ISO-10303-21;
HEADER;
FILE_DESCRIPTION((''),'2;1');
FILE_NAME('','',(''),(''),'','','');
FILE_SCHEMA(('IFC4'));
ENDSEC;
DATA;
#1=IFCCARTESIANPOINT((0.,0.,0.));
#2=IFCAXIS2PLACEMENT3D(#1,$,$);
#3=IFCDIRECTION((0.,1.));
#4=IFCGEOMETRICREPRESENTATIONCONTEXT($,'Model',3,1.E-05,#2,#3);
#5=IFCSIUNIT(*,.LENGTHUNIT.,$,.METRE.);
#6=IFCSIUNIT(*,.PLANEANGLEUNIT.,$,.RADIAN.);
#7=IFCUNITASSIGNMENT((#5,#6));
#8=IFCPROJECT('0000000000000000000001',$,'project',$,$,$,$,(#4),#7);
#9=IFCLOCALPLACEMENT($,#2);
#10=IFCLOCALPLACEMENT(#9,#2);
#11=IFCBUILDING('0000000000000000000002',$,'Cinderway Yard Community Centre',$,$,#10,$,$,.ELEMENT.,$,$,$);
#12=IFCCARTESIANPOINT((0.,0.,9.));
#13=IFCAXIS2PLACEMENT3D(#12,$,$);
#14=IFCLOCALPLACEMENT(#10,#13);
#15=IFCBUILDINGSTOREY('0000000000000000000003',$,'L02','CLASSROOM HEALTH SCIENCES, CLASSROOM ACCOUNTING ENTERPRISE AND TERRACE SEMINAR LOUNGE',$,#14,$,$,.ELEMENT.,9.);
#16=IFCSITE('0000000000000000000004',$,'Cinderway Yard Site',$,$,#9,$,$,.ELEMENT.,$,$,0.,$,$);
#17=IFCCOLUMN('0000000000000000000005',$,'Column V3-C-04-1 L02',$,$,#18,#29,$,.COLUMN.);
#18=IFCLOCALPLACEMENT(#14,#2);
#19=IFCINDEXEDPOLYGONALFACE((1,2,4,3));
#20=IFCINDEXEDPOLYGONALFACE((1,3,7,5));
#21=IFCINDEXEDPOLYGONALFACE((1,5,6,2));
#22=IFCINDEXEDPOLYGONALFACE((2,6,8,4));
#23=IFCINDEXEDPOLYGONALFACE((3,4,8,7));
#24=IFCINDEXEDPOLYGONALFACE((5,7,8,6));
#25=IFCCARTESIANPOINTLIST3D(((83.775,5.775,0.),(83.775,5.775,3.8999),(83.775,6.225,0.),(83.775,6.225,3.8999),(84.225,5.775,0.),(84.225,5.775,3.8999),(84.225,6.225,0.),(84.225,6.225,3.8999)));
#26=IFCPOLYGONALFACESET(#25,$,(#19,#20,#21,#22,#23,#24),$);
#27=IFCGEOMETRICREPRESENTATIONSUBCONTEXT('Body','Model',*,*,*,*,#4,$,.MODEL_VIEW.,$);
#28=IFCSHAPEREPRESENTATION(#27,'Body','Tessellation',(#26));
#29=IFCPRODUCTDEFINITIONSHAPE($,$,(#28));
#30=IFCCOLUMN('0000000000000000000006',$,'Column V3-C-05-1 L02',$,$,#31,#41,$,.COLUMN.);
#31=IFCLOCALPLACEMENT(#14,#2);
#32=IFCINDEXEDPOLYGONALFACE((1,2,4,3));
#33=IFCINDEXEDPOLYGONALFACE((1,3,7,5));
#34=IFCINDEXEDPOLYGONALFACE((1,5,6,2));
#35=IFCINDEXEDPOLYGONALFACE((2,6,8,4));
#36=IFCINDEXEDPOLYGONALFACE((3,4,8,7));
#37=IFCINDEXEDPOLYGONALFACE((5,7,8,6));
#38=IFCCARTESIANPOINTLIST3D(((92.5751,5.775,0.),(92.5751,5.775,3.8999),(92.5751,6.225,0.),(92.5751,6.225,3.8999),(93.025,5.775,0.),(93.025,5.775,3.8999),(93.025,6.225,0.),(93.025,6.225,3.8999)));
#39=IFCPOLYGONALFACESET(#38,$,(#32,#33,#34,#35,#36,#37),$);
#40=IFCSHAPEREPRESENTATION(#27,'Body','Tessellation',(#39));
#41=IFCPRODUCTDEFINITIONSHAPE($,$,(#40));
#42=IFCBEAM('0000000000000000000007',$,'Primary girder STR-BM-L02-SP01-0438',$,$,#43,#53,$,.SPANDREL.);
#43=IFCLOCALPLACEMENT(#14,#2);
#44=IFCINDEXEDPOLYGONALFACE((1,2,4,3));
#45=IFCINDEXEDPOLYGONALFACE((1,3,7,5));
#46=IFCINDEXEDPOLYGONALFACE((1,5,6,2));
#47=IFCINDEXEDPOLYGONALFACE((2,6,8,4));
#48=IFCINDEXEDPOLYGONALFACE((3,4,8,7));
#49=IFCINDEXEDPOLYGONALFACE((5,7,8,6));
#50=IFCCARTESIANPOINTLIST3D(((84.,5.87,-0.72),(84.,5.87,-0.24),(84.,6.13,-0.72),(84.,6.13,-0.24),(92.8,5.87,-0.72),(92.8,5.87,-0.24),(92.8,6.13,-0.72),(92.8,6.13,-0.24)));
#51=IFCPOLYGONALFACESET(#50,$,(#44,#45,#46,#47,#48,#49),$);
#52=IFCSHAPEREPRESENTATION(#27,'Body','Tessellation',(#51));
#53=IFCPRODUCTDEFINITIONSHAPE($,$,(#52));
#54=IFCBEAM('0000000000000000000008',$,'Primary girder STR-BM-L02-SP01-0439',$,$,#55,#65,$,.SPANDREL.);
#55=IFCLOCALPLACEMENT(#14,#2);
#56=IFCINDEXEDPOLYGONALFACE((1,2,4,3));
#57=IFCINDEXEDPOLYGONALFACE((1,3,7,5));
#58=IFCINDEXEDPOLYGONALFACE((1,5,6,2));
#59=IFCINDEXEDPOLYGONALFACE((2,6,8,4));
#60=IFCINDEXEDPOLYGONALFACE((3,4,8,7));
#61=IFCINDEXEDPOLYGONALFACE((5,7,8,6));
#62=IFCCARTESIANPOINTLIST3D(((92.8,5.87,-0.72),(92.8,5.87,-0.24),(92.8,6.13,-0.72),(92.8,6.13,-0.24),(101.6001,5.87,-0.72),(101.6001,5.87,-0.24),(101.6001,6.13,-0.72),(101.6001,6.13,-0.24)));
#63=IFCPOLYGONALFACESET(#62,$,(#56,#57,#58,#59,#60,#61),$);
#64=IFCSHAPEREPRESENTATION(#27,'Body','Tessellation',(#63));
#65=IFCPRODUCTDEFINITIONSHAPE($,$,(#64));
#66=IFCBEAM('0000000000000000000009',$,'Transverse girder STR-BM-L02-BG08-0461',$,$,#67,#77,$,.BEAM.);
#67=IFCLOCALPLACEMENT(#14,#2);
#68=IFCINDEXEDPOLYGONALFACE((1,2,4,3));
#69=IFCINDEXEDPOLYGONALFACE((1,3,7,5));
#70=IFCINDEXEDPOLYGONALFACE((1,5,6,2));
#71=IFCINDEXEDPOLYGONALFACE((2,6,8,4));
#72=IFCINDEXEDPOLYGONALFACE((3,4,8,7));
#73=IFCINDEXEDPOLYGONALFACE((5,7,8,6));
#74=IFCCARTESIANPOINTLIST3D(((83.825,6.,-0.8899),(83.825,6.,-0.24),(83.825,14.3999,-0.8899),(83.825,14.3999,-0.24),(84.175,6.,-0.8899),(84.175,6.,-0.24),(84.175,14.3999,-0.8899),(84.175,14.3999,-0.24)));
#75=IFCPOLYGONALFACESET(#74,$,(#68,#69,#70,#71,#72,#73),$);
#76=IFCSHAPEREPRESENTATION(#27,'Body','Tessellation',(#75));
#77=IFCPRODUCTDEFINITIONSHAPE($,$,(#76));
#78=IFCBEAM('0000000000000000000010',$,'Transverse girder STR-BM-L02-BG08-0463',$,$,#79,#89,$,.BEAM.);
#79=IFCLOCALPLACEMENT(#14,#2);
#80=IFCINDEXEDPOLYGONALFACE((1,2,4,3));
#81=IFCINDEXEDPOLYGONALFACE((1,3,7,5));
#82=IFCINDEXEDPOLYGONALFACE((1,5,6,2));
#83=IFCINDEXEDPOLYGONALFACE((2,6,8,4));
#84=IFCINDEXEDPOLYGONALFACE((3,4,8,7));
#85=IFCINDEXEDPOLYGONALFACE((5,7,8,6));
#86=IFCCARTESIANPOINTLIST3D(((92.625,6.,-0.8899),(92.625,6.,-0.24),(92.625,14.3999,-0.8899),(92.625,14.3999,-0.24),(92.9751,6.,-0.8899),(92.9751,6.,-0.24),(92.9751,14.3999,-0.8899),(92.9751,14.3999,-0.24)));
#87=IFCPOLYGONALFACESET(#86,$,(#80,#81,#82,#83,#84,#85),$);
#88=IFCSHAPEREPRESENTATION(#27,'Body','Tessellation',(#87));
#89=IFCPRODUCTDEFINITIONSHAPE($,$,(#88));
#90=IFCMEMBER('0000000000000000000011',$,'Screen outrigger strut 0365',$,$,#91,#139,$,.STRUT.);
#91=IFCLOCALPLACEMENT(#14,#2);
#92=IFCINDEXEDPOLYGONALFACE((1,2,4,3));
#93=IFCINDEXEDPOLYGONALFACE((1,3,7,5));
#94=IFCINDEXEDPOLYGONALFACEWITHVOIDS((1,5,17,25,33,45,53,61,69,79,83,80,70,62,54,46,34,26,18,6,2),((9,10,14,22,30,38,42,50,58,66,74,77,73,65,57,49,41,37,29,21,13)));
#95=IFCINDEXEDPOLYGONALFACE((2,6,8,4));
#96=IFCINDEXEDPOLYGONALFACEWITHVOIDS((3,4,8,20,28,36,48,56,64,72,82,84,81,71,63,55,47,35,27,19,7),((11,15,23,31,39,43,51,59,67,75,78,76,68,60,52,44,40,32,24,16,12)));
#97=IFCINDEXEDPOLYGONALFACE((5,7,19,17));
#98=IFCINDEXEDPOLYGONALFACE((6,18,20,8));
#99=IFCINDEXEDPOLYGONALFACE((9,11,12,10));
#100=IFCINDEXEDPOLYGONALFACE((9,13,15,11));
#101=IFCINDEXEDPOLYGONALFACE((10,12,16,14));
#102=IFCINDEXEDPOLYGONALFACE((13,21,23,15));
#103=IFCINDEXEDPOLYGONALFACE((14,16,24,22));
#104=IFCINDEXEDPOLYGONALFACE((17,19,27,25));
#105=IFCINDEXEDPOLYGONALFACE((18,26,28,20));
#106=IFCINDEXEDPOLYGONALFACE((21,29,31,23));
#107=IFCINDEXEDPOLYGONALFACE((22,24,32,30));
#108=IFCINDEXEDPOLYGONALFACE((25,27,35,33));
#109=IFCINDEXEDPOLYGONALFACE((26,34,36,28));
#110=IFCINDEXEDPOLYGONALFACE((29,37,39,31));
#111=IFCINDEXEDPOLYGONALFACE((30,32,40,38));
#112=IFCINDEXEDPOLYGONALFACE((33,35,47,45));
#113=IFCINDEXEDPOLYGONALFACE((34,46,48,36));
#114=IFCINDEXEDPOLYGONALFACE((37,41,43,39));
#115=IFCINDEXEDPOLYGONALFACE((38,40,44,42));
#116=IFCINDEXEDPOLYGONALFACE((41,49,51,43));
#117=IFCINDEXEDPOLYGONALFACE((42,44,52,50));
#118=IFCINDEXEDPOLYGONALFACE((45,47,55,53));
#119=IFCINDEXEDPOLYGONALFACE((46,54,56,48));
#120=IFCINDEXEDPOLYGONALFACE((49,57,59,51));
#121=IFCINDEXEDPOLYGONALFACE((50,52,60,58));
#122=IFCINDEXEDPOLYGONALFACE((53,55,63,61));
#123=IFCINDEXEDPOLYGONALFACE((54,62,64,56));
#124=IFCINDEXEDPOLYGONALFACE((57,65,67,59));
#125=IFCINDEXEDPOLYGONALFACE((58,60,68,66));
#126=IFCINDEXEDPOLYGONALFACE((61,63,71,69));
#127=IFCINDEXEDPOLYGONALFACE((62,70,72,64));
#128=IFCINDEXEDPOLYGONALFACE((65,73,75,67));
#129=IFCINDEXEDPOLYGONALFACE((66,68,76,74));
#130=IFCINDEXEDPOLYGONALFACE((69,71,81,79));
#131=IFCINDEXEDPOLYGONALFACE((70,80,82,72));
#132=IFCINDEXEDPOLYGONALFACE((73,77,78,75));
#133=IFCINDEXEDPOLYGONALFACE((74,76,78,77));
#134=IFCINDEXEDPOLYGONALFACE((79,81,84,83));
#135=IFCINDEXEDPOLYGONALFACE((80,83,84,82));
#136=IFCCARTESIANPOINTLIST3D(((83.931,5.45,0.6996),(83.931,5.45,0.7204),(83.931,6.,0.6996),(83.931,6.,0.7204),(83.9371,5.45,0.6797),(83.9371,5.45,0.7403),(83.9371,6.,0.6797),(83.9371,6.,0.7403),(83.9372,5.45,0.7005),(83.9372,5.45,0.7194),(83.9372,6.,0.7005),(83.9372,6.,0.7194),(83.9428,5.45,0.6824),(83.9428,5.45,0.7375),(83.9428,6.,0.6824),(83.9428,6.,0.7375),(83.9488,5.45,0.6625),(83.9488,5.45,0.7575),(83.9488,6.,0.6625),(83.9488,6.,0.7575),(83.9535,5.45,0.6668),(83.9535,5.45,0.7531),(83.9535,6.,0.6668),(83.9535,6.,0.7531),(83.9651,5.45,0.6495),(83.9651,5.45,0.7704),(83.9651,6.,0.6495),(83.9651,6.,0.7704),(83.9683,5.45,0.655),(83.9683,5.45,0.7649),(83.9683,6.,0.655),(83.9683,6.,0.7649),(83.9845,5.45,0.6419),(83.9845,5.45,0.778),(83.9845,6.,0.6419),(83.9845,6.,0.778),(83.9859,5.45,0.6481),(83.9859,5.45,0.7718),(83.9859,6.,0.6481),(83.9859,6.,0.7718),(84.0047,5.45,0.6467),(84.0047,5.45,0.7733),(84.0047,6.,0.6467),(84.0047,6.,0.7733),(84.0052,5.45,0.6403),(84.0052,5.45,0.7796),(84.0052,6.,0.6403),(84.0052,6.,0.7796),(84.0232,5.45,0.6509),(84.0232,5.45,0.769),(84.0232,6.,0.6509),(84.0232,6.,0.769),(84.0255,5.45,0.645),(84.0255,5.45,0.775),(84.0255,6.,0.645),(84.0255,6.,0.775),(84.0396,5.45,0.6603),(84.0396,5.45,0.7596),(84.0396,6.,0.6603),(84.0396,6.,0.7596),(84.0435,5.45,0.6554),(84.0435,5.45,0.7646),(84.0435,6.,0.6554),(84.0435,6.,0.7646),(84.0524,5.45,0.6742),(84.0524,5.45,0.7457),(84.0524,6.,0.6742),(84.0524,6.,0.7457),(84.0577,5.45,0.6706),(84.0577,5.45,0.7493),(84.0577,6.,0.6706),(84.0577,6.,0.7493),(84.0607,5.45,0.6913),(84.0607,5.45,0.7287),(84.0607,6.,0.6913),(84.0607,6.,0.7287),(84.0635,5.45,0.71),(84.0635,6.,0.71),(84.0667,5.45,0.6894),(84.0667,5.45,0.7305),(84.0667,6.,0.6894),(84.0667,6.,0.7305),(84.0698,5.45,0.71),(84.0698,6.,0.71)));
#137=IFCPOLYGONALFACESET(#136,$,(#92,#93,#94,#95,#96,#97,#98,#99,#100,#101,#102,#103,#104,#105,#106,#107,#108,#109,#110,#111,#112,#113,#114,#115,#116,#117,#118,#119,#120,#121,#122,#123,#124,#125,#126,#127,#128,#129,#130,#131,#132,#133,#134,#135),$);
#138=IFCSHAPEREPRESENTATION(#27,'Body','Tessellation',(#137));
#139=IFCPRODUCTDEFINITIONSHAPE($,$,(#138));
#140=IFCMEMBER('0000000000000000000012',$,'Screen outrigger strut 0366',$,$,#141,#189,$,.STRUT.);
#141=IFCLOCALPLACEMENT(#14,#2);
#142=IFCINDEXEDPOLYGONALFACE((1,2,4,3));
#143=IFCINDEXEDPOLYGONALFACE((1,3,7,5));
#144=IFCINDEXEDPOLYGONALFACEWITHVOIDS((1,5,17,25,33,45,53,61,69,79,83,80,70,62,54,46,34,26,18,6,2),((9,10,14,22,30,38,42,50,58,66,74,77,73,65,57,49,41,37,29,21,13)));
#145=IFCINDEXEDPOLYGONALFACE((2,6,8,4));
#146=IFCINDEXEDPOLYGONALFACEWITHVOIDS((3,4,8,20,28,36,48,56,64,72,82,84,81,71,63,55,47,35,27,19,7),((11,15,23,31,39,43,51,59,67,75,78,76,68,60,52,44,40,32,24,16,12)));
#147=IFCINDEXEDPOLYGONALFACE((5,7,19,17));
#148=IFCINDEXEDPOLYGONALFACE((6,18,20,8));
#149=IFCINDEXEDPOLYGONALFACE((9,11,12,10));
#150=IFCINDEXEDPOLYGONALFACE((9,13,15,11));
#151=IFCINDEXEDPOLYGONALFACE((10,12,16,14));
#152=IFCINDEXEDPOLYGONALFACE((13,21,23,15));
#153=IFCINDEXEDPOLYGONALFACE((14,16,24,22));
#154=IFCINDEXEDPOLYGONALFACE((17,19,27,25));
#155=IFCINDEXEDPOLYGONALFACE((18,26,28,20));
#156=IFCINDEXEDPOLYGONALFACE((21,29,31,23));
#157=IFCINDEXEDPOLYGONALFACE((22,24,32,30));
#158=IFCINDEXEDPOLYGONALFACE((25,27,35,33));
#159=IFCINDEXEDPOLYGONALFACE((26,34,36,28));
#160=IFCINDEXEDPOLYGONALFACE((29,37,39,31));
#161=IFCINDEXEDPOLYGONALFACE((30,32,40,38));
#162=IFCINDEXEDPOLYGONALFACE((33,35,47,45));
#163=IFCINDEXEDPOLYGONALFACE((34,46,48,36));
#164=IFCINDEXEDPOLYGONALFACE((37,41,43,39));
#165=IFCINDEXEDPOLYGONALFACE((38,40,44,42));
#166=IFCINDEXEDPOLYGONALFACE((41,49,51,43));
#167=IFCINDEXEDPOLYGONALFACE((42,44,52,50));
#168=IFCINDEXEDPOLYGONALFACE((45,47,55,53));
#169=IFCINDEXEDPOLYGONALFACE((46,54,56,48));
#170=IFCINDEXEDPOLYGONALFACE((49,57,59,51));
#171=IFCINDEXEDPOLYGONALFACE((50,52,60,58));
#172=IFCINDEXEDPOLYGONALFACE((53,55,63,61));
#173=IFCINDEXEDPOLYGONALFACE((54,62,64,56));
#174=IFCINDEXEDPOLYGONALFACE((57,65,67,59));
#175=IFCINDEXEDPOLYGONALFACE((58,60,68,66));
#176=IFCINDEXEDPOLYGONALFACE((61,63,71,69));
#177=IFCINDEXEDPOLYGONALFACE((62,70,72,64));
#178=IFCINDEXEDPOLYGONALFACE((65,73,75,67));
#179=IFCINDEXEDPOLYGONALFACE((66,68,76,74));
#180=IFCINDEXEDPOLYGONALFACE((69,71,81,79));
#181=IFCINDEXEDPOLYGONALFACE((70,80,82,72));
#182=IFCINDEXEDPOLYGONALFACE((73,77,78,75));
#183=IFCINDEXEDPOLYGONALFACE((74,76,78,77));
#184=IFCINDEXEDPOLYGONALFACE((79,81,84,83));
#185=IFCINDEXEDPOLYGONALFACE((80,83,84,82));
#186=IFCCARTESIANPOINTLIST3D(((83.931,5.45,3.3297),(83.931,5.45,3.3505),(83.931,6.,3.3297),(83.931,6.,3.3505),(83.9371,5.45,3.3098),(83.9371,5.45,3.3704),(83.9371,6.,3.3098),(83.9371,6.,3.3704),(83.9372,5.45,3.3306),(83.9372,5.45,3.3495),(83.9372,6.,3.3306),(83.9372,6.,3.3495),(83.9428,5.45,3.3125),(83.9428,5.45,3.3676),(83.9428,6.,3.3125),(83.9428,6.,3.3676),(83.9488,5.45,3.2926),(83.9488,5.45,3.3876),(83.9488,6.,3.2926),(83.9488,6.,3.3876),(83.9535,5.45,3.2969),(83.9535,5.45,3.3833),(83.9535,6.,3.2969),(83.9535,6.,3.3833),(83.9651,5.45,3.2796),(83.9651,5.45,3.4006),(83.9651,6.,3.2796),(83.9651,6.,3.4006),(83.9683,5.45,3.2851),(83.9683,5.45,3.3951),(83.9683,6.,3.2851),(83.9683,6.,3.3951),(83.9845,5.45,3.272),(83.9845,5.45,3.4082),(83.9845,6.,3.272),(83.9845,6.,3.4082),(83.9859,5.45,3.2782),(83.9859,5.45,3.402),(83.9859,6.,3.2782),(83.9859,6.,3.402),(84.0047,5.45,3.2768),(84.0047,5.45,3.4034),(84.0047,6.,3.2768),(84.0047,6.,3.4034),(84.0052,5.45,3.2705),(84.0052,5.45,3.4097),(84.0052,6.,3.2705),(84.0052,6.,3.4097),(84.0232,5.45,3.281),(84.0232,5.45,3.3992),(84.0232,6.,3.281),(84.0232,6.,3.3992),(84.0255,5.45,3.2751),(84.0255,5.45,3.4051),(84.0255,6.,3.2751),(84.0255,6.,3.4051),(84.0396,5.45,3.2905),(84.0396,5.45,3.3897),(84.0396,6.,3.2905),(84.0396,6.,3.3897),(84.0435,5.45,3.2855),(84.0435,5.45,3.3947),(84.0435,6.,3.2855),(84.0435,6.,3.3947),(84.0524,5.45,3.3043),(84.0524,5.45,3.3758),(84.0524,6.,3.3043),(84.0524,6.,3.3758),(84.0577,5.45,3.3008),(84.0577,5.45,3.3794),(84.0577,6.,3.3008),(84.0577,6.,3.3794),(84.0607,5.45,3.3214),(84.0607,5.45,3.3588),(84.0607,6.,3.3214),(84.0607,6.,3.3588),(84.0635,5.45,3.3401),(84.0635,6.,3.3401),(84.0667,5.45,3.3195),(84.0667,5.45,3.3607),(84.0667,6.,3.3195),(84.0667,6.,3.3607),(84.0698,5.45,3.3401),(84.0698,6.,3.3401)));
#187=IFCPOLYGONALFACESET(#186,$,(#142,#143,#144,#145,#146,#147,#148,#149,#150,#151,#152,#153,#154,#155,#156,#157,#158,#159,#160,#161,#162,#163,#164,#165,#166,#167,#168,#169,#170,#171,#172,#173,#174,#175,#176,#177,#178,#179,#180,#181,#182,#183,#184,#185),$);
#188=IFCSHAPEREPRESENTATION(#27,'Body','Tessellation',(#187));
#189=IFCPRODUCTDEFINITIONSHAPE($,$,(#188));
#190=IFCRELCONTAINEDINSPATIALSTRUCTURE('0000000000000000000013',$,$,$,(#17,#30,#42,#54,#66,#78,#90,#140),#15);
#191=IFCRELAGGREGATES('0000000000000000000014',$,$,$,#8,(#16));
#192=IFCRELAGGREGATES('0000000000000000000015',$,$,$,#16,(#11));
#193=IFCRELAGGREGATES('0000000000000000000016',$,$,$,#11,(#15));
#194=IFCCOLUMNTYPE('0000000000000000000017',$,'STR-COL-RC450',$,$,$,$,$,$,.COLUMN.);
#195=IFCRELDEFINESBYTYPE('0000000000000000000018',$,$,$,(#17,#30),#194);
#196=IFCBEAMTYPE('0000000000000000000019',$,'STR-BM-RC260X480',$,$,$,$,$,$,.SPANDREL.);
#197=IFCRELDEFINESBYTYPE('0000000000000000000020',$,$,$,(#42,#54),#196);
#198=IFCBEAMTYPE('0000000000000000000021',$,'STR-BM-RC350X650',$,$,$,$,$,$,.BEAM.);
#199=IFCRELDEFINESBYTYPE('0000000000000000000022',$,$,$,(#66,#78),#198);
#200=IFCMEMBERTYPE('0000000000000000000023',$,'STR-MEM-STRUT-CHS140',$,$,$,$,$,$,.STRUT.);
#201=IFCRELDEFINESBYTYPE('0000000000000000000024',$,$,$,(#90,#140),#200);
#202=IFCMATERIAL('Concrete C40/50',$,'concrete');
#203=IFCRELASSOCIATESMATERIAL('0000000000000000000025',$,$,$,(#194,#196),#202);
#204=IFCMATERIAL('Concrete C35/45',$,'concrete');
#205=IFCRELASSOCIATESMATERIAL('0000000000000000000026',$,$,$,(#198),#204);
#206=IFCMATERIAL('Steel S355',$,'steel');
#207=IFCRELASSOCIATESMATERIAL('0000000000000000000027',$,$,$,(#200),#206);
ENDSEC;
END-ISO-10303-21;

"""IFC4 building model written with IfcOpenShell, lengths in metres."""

from ifc_helpers import new_model, si_unit, direction, frame, origin, origin_2d, place, context, subcontext, project, spatial, rectangle, hollow_circle, extrude, material, material_profile, profile_set, type_object, element, save


model = new_model("IFC4")

# Units and contexts
model_context = context("Model", 3, precision=1e-05, world=origin(), true_north=direction((0.0, 1.0)))
body_context = subcontext(model_context, "Body", "Model", "MODEL_VIEW")
ifc_project = project(units=[si_unit("LENGTHUNIT", "METRE"), si_unit("PLANEANGLEUNIT", "RADIAN")], contexts=[model_context])

# Site, building, storey
site_placement = place(None, origin())
site = spatial("IfcSite", under=ifc_project, at=site_placement, Name="Cinderway Yard Site", CompositionType="ELEMENT", RefElevation=0.0)
building_placement = place(site_placement, origin())
building = spatial("IfcBuilding", under=site, at=building_placement, Name="Cinderway Yard Community Centre", CompositionType="ELEMENT")
storey_placement = place(building_placement, frame((0.0, 0.0, 9.0)))
storey = spatial("IfcBuildingStorey", under=building, at=storey_placement, Name="L02", Description="CLASSROOM HEALTH SCIENCES, CLASSROOM ACCOUNTING ENTERPRISE AND TERRACE SEMINAR LOUNGE", CompositionType="ELEMENT", Elevation=9.0)

# Columns
ifc_material_1 = material(Name="Concrete C40/50", Category="concrete")
ifc_material_profile_1 = material_profile(ifc_material_1, rectangle(XDim=0.45, YDim=0.45, at=origin_2d()), Name="Concrete C40/50")
ifc_profile_set_1 = profile_set([ifc_material_profile_1], Name="Concrete C40/50")
column_type = type_object("IfcColumnType", Name="STR-COL-RC450", PredefinedType="COLUMN", material=ifc_profile_set_1)
for number, where, z_axis, x_axis, name in (
    (1, (84.0, 6.0, 0.0), (0.0, 0.0, 1.0), (1.0, 0.0, 0.0), "Column V3-C-04-1 L02"),
    (2, (92.8, 6.0, 0.0), (0.0, 0.0, 1.0), (1.0, 0.0, 0.0), "Column V3-C-05-1 L02"),
):
    element("IfcColumn", number, at=place(storey_placement, frame(where, z_axis=z_axis, x_axis=x_axis)), inside=storey, type_object=column_type, Name=name, PredefinedType="COLUMN", context=body_context, shape_type="SweptSolid", body=[
        extrude(rectangle(XDim=0.45, YDim=0.45, at=origin_2d()), origin(), (0.0, 0.0, 1.0), 3.8999),
    ])

# Beams
ifc_material_profile_2 = material_profile(ifc_material_1, rectangle(XDim=0.26, YDim=0.48, at=origin_2d()), Name="Concrete C40/50")
ifc_profile_set_2 = profile_set([ifc_material_profile_2], Name="Concrete C40/50")
beam_type_1 = type_object("IfcBeamType", Name="STR-BM-RC260X480", PredefinedType="SPANDREL", material=ifc_profile_set_2)
for number, where, z_axis, x_axis, name in (
    (3, (84.0, 6.0, -0.48), (1.0, 0.0, 0.0), (0.0, 1.0, 0.0), "Primary girder STR-BM-L02-SP01-0438"),
    (4, (92.8, 6.0, -0.48), (1.0, 0.0, 0.0), (0.0, 1.0, 0.0), "Primary girder STR-BM-L02-SP01-0439"),
):
    element("IfcBeam", number, at=place(storey_placement, frame(where, z_axis=z_axis, x_axis=x_axis)), inside=storey, type_object=beam_type_1, Name=name, PredefinedType="SPANDREL", context=body_context, shape_type="SweptSolid", body=[
        extrude(rectangle(XDim=0.26, YDim=0.48, at=origin_2d()), origin(), (0.0, 0.0, 1.0), 8.8),
    ])
ifc_material_2 = material(Name="Concrete C35/45", Category="concrete")
ifc_material_profile_3 = material_profile(ifc_material_2, rectangle(XDim=0.3501, YDim=0.6499, at=origin_2d()), Name="Concrete C35/45")
ifc_profile_set_3 = profile_set([ifc_material_profile_3], Name="Concrete C35/45")
beam_type_2 = type_object("IfcBeamType", Name="STR-BM-RC350X650", PredefinedType="BEAM", material=ifc_profile_set_3)
for number, where, z_axis, x_axis, name in (
    (5, (84.0, 6.0, -0.5649), (0.0, 1.0, 0.0), (-1.0, 0.0, 0.0), "Transverse girder STR-BM-L02-BG08-0461"),
    (6, (92.8, 6.0, -0.5649), (0.0, 1.0, 0.0), (-1.0, 0.0, 0.0), "Transverse girder STR-BM-L02-BG08-0463"),
):
    element("IfcBeam", number, at=place(storey_placement, frame(where, z_axis=z_axis, x_axis=x_axis)), inside=storey, type_object=beam_type_2, Name=name, PredefinedType="BEAM", context=body_context, shape_type="SweptSolid", body=[
        extrude(rectangle(XDim=0.3501, YDim=0.6499, at=origin_2d()), origin(), (0.0, 0.0, 1.0), 8.3999),
    ])

# Members
ifc_material_3 = material(Name="Steel S355", Category="steel")
ifc_material_profile_4 = material_profile(ifc_material_3, hollow_circle(Radius=0.0698, WallThickness=0.0063, at=origin_2d()), Name="Steel S355")
ifc_profile_set_4 = profile_set([ifc_material_profile_4], Name="Steel S355")
member_type = type_object("IfcMemberType", Name="STR-MEM-STRUT-CHS140", PredefinedType="STRUT", material=ifc_profile_set_4)
for number, where, z_axis, x_axis, name in (
    (7, (84.0, 6.0, 0.71), (0.0, -1.0, 0.0), (1.0, 0.0, 0.0), "Screen outrigger strut 0365"),
    (8, (84.0, 6.0, 3.3401), (0.0, -1.0, 0.0), (1.0, 0.0, 0.0), "Screen outrigger strut 0366"),
):
    element("IfcMember", number, at=place(storey_placement, frame(where, z_axis=z_axis, x_axis=x_axis)), inside=storey, type_object=member_type, Name=name, PredefinedType="STRUT", context=body_context, shape_type="SweptSolid", body=[
        extrude(hollow_circle(Radius=0.0698, WallThickness=0.0063, at=origin_2d()), origin(), (0.0, 0.0, 1.0), 0.55),
    ])

save(model, "model.ifc")
